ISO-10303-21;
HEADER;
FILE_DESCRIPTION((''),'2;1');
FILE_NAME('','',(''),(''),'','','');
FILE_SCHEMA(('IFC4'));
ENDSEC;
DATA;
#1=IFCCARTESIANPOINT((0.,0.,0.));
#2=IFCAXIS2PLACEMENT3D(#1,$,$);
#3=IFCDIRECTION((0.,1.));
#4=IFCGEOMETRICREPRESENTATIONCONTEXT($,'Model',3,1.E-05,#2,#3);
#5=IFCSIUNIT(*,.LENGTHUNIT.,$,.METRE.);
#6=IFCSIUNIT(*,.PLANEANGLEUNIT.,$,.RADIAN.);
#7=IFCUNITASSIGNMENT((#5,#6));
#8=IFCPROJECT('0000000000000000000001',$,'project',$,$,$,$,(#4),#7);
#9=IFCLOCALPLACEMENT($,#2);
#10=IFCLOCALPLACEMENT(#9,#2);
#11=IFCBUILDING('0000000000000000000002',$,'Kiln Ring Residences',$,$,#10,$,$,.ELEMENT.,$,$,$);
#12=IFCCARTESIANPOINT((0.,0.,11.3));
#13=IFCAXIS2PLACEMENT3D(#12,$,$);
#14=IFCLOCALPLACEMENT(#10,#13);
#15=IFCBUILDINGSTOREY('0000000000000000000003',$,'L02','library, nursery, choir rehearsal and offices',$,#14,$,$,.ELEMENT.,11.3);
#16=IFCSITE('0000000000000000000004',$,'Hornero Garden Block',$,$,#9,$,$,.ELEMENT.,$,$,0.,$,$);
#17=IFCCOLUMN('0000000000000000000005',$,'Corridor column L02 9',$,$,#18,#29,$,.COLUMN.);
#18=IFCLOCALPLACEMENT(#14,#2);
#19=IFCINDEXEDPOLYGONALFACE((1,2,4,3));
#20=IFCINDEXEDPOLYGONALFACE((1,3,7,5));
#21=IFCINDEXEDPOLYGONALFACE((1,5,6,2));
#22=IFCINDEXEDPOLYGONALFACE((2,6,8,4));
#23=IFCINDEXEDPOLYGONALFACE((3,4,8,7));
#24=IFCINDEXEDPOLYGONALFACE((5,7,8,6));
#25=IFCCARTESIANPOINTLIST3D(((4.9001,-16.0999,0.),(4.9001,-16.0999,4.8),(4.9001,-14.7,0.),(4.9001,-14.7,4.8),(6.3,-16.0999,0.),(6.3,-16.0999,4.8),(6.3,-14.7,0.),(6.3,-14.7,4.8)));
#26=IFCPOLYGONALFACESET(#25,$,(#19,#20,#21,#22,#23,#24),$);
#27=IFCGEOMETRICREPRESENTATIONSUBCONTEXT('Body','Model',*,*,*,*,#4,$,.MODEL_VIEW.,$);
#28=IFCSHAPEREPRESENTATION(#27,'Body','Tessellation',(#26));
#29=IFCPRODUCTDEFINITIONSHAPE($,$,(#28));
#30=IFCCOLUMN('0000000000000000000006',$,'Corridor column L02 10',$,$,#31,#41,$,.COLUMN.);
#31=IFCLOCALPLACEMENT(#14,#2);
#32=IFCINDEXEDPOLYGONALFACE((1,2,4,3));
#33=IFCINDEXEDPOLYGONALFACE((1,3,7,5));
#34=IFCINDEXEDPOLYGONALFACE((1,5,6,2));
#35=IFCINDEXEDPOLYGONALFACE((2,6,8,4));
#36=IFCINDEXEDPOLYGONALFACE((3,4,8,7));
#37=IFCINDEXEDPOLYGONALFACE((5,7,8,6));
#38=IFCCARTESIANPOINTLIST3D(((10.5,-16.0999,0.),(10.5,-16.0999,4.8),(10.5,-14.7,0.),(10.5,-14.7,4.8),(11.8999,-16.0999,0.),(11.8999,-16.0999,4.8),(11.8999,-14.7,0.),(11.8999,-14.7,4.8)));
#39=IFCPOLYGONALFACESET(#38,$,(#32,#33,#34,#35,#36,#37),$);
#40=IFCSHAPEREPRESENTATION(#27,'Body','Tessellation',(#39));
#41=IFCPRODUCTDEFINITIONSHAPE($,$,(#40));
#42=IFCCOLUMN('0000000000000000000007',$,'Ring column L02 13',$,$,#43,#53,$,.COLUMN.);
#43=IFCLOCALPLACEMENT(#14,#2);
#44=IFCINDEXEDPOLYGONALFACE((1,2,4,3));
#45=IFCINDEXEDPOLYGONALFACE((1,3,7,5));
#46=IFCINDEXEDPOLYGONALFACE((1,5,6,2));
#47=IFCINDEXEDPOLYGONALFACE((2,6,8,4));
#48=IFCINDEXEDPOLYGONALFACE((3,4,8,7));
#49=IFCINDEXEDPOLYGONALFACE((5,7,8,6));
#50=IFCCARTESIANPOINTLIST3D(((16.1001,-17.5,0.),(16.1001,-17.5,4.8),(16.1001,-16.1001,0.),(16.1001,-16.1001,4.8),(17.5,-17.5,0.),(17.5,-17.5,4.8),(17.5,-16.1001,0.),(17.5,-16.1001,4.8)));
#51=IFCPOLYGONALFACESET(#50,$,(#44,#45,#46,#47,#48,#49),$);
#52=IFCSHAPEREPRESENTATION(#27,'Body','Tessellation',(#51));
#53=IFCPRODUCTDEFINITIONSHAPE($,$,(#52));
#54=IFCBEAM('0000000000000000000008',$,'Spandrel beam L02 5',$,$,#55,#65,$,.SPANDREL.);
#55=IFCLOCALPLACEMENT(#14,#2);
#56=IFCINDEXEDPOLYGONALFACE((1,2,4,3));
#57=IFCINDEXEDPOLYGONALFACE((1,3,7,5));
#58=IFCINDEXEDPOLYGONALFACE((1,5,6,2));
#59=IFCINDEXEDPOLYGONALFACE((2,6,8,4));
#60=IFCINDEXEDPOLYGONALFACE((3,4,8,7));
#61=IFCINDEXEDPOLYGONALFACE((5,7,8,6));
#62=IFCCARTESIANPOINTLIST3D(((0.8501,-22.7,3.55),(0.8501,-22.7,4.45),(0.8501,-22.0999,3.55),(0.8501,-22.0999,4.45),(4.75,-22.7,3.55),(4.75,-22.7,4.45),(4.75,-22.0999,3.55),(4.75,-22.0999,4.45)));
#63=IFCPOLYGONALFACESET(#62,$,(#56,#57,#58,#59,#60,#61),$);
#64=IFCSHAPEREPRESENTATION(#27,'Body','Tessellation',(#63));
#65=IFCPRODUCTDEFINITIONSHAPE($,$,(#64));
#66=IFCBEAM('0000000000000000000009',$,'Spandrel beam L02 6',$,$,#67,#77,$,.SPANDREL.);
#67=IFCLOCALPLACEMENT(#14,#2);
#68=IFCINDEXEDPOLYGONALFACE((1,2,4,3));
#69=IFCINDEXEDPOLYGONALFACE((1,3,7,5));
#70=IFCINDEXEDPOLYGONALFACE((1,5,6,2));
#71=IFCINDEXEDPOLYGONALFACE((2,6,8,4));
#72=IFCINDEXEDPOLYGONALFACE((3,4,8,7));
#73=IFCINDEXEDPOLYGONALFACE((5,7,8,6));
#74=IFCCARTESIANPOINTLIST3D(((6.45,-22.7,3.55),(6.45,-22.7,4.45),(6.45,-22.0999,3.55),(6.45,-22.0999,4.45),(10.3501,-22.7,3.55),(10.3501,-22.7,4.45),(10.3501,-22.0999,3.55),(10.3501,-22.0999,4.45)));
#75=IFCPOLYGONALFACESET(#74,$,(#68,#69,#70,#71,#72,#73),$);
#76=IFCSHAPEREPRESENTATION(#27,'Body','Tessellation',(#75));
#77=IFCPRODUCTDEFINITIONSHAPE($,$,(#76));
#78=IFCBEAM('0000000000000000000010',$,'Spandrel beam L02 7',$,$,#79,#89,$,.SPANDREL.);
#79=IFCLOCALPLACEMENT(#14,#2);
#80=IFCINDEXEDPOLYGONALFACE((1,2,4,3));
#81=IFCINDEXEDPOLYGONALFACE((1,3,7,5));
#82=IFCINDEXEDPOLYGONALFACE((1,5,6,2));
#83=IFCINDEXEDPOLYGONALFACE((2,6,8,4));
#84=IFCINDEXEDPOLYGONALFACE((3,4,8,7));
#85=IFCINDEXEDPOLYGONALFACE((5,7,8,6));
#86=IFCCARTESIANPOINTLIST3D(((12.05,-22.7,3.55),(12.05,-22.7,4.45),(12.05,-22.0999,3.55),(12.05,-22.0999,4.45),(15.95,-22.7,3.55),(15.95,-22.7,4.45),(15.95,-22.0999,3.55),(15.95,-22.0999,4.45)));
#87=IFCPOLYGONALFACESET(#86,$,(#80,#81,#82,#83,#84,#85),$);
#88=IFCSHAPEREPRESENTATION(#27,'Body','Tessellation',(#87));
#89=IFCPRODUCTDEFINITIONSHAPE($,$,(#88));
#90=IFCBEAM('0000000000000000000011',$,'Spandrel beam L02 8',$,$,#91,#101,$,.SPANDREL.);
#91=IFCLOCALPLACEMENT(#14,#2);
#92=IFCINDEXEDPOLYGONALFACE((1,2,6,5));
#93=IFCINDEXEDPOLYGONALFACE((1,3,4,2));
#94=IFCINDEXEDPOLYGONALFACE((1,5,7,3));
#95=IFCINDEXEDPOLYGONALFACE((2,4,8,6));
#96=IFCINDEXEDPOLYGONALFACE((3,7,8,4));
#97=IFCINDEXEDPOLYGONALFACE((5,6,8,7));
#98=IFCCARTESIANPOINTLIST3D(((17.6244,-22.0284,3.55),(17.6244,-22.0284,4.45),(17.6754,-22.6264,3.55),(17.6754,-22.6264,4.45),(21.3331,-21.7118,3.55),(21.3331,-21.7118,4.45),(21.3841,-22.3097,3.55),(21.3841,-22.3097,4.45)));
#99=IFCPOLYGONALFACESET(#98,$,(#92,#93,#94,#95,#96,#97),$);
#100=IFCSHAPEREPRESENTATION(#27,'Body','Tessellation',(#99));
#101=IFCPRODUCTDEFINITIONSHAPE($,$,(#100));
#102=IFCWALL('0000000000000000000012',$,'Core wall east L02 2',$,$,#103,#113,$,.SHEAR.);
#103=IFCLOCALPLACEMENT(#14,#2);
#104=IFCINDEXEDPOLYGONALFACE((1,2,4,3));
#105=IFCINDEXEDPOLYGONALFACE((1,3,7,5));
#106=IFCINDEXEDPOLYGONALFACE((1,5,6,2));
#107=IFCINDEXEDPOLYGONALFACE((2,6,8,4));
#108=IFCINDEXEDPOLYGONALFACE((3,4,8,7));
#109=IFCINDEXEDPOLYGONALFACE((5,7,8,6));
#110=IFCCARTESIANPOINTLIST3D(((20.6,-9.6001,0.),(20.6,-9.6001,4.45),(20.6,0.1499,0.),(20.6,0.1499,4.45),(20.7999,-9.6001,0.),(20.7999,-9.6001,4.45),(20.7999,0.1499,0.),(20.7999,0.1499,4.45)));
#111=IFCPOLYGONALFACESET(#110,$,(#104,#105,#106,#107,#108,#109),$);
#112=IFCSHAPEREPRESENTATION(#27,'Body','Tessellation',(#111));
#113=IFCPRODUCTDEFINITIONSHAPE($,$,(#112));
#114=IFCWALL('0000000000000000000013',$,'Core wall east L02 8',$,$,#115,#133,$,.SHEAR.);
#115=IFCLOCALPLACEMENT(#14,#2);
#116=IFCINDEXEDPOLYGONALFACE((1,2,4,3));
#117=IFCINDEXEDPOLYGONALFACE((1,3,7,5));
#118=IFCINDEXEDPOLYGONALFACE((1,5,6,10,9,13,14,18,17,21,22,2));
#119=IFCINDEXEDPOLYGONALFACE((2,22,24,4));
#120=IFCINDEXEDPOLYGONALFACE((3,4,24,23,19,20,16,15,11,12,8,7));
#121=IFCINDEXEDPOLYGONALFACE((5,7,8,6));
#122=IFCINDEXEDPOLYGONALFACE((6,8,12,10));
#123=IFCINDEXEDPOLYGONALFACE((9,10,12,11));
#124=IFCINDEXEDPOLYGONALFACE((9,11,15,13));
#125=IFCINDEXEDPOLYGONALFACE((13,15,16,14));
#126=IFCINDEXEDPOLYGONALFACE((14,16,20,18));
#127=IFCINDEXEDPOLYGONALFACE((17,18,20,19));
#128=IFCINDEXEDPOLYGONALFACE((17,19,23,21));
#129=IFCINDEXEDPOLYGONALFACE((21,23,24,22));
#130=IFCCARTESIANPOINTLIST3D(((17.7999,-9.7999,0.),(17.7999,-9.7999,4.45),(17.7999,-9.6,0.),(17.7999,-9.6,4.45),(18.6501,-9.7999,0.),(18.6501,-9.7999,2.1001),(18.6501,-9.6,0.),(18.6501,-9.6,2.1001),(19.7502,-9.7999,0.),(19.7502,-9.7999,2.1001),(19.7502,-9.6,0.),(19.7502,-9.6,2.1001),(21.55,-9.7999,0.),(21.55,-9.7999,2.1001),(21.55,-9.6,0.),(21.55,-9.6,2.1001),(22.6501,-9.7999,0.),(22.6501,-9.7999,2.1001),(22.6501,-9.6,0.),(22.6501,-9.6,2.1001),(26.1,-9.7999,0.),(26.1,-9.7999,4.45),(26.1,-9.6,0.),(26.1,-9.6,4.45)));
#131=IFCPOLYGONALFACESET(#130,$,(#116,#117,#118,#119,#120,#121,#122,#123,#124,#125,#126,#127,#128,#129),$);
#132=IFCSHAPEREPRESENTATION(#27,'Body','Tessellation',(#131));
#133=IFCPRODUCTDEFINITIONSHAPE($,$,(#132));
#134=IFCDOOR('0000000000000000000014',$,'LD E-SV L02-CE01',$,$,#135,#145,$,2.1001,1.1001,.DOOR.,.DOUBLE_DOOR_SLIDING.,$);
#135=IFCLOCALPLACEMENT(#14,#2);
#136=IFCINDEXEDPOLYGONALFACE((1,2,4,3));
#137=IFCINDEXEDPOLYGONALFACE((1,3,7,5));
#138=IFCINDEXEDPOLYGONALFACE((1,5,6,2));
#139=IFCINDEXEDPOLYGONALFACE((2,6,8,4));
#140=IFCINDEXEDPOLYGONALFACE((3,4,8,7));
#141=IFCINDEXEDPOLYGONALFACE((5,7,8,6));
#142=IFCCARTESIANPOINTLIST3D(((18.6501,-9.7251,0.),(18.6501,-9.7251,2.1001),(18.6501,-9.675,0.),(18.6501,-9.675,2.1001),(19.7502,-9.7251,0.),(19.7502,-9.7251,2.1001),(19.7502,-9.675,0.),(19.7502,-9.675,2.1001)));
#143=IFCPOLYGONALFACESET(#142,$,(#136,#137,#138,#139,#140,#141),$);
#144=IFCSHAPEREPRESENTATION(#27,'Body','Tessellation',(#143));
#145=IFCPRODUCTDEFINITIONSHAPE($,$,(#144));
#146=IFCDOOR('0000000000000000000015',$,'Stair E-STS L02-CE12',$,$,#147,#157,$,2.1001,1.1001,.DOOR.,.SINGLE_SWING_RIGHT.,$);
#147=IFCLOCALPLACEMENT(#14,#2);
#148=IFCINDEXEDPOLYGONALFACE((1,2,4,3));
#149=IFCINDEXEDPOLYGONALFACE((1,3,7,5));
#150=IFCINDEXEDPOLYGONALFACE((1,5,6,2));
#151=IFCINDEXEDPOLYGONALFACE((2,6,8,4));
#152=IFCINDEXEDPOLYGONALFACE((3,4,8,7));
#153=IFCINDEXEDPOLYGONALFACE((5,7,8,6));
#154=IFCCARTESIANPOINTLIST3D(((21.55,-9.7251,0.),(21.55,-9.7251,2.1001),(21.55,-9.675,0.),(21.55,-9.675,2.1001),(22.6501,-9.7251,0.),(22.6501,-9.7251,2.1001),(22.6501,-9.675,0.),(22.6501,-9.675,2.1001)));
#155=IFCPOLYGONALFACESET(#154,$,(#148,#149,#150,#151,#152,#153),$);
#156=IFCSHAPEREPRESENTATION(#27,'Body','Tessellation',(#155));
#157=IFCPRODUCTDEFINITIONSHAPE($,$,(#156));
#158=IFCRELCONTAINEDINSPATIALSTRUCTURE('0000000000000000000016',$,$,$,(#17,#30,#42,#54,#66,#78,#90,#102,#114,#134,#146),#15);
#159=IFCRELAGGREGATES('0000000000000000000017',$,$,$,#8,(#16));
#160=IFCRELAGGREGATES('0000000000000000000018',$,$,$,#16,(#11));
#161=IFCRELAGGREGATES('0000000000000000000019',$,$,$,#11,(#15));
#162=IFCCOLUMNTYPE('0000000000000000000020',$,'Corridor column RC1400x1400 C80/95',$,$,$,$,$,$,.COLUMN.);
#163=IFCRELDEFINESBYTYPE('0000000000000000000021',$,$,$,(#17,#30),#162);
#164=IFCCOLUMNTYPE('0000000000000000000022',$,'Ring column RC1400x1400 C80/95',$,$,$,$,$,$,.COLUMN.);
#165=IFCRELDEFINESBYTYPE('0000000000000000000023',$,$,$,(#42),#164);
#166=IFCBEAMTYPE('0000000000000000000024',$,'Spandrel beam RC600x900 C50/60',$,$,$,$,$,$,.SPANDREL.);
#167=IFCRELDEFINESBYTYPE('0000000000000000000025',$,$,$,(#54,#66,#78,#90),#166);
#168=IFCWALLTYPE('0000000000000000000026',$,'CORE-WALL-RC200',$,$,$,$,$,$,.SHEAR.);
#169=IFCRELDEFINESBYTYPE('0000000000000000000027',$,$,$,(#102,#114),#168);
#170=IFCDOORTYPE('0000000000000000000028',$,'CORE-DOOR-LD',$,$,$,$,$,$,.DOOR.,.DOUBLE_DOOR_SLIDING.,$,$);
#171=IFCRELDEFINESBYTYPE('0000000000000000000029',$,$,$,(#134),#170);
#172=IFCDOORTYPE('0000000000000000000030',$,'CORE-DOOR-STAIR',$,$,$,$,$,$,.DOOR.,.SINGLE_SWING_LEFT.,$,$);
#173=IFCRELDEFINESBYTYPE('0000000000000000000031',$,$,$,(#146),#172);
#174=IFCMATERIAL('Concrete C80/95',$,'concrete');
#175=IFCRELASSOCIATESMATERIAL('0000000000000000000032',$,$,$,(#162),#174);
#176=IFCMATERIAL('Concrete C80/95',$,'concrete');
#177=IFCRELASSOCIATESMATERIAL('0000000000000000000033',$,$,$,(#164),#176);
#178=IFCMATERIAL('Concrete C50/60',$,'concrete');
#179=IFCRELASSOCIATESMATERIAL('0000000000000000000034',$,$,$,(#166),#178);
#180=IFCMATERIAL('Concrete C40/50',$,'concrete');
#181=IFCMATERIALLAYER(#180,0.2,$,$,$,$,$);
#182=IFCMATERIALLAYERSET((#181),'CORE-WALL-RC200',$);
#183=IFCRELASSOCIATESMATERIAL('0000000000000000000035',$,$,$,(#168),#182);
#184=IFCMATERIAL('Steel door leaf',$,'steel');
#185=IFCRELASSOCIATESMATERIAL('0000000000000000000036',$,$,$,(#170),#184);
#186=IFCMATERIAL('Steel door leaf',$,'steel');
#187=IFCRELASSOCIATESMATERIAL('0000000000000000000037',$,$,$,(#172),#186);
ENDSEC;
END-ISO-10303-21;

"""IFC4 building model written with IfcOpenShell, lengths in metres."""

from ifc_helpers import new_model, si_unit, direction, frame, frame_2d, origin, origin_2d, place, context, subcontext, project, spatial, rectangle, extrude, material, layer, layer_set, material_profile, profile_set, type_object, element, fill, save


model = new_model("IFC4")

# Units and contexts
model_context = context("Model", 3, precision=1e-05, world=origin(), true_north=direction((0.0, 1.0)))
body_context = subcontext(model_context, "Body", "Model", "MODEL_VIEW")
ifc_project = project(units=[si_unit("LENGTHUNIT", "METRE"), si_unit("PLANEANGLEUNIT", "RADIAN")], contexts=[model_context])

# Site, building, storey
site_placement = place(None, origin())
site = spatial("IfcSite", under=ifc_project, at=site_placement, Name="Hornero Garden Block", CompositionType="ELEMENT", RefElevation=0.0)
building_placement = place(site_placement, origin())
building = spatial("IfcBuilding", under=site, at=building_placement, Name="Kiln Ring Residences", CompositionType="ELEMENT")
storey_placement = place(building_placement, frame((0.0, 0.0, 11.3)))
storey = spatial("IfcBuildingStorey", under=building, at=storey_placement, Name="L02", Description="library, nursery, choir rehearsal and offices", CompositionType="ELEMENT", Elevation=11.3)

# Columns
ifc_material_1 = material(Name="Concrete C80/95", Category="concrete")
ifc_material_profile_1 = material_profile(ifc_material_1, rectangle(XDim=1.3999, YDim=1.3999, at=origin_2d()), Name="RC1400x1400")
ifc_profile_set_1 = profile_set([ifc_material_profile_1], Name="Concrete C80/95")
column_type_1 = type_object("IfcColumnType", Name="Corridor column RC1400x1400 C80/95", PredefinedType="COLUMN", material=ifc_profile_set_1)
for number, where, z_axis, x_axis, name in (
    (1, (5.6001, -15.3999, 0.0), (0.0, 0.0, 1.0), (1.0, 0.0, 0.0), "Corridor column L02 9"),
    (2, (11.2, -15.3999, 0.0), (0.0, 0.0, 1.0), (1.0, 0.0, 0.0), "Corridor column L02 10"),
):
    element("IfcColumn", number, at=place(storey_placement, frame(where, z_axis=z_axis, x_axis=x_axis)), inside=storey, type_object=column_type_1, Name=name, PredefinedType="COLUMN", context=body_context, shape_type="SweptSolid", body=[
        extrude(rectangle(XDim=1.3999, YDim=1.3999, at=origin_2d()), origin(), (0.0, 0.0, 1.0), 4.8),
    ])
ifc_material_2 = material(Name="Concrete C80/95", Category="concrete")
ifc_material_profile_2 = material_profile(ifc_material_2, rectangle(XDim=1.3999, YDim=1.3999, at=origin_2d()), Name="RC1400x1400")
ifc_profile_set_2 = profile_set([ifc_material_profile_2], Name="Concrete C80/95")
column_type_2 = type_object("IfcColumnType", Name="Ring column RC1400x1400 C80/95", PredefinedType="COLUMN", material=ifc_profile_set_2)
column_placement = place(storey_placement, frame((16.8, -16.8, 0.0), z_axis=(0.0, 0.0, 1.0), x_axis=(1.0, 0.0, 0.0)))
element("IfcColumn", 3, at=column_placement, inside=storey, type_object=column_type_2, Name="Ring column L02 13", PredefinedType="COLUMN", context=body_context, shape_type="SweptSolid", body=[
    extrude(rectangle(XDim=1.3999, YDim=1.3999, at=origin_2d()), origin(), (0.0, 0.0, 1.0), 4.8),
])

# Beams
ifc_material_3 = material(Name="Concrete C50/60", Category="concrete")
ifc_material_profile_3 = material_profile(ifc_material_3, rectangle(XDim=0.6001, YDim=0.8999, at=origin_2d()), Name="RC600x900")
ifc_profile_set_3 = profile_set([ifc_material_profile_3], Name="Concrete C50/60")
beam_type = type_object("IfcBeamType", Name="Spandrel beam RC600x900 C50/60", PredefinedType="SPANDREL", material=ifc_profile_set_3)
beam_1_placement = place(storey_placement, frame((0.8501, -22.3999, 4.0), z_axis=(1.0, 0.0, 0.0), x_axis=(0.0, 1.0, 0.0)))
element("IfcBeam", 4, at=beam_1_placement, inside=storey, type_object=beam_type, Name="Spandrel beam L02 5", PredefinedType="SPANDREL", context=body_context, shape_type="SweptSolid", body=[
    extrude(rectangle(XDim=0.6001, YDim=0.8999, at=origin_2d()), origin(), (0.0, 0.0, 1.0), 3.8999),
])
beam_2_placement = place(storey_placement, frame((6.45, -22.3999, 4.0), z_axis=(1.0, 0.0, 0.0), x_axis=(0.0, 1.0, 0.0)))
element("IfcBeam", 5, at=beam_2_placement, inside=storey, type_object=beam_type, Name="Spandrel beam L02 6", PredefinedType="SPANDREL", context=body_context, shape_type="SweptSolid", body=[
    extrude(rectangle(XDim=0.6001, YDim=0.8999, at=origin_2d()), origin(), (0.0, 0.0, 1.0), 3.9001),
])
beam_3_placement = place(storey_placement, frame((12.05, -22.3999, 4.0), z_axis=(1.0, 0.0, 0.0), x_axis=(0.0, 1.0, 0.0)))
element("IfcBeam", 6, at=beam_3_placement, inside=storey, type_object=beam_type, Name="Spandrel beam L02 7", PredefinedType="SPANDREL", context=body_context, shape_type="SweptSolid", body=[
    extrude(rectangle(XDim=0.6001, YDim=0.8999, at=origin_2d()), origin(), (0.0, 0.0, 1.0), 3.8999),
])
beam_4_placement = place(storey_placement, frame((17.6499, -22.3274, 4.0), z_axis=(0.996375, 0.08507, 0.0), x_axis=(-0.08507, 0.996375, 0.0)))
element("IfcBeam", 7, at=beam_4_placement, inside=storey, type_object=beam_type, Name="Spandrel beam L02 8", PredefinedType="SPANDREL", context=body_context, shape_type="SweptSolid", body=[
    extrude(rectangle(XDim=0.6001, YDim=0.8999, at=origin_2d()), origin(), (0.0, 0.0, 1.0), 3.7222),
])

# Wall
ifc_material_4 = material(Name="Concrete C40/50", Category="concrete")
ifc_layer_1 = layer(ifc_material_4, 0.2)
ifc_layer_set_1 = layer_set([ifc_layer_1], Name="CORE-WALL-RC200")
wall_type_1 = type_object("IfcWallType", Name="CORE-WALL-RC200", PredefinedType="SHEAR", material=ifc_layer_set_1)
wall_1_placement = place(storey_placement, frame((20.7, -9.6001, 0.0), z_axis=(0.0, 0.0, 1.0), x_axis=(0.0, 1.0, 0.0)))
element("IfcWall", 8, at=wall_1_placement, inside=storey, type_object=wall_type_1, Name="Core wall east L02 2", PredefinedType="SHEAR", context=body_context, shape_type="SweptSolid", body=[
    extrude(rectangle(XDim=9.75, YDim=0.2, at=frame_2d((4.875, 0.0))), origin(), (0.0, 0.0, 1.0), 4.45),
])

# Wall, openings, doors
wall_2_placement = place(storey_placement, frame((17.8, -9.7, 0.0), z_axis=(0.0, 0.0, 1.0), x_axis=(1.0, 0.0, 0.0)))
wall_2 = element("IfcWall", 9, at=wall_2_placement, inside=storey, type_object=wall_type_1, Name="Core wall east L02 8", PredefinedType="SHEAR", context=body_context, shape_type="SweptSolid", body=[
    extrude(rectangle(XDim=8.3, YDim=0.2, at=frame_2d((4.1499, 0.0))), origin(), (0.0, 0.0, 1.0), 4.45),
])
opening_1_placement = place(wall_2_placement, frame((0.8501, 0.0, 0.0)))
opening_1 = element("IfcOpeningElement", 10, at=opening_1_placement, cuts=wall_2, PredefinedType="OPENING", context=body_context, shape_type="SweptSolid", body=[
    extrude(rectangle(XDim=1.1001, YDim=2.1001, at=frame_2d((0.55, 1.05))), frame((0.0, 0.1099, 0.0), z_axis=(0.0, -1.0, 0.0), x_axis=(1.0, 0.0, 0.0)), (0.0, 0.0, 1.0), 0.22),
])
opening_2_placement = place(wall_2_placement, frame((3.75, 0.0, 0.0)))
opening_2 = element("IfcOpeningElement", 11, at=opening_2_placement, cuts=wall_2, PredefinedType="OPENING", context=body_context, shape_type="SweptSolid", body=[
    extrude(rectangle(XDim=1.1001, YDim=2.1001, at=frame_2d((0.55, 1.05))), frame((0.0, 0.1099, 0.0), z_axis=(0.0, -1.0, 0.0), x_axis=(1.0, 0.0, 0.0)), (0.0, 0.0, 1.0), 0.22),
])
ifc_material_5 = material(Name="Steel door leaf", Category="steel")
door_type_1 = type_object("IfcDoorType", Name="CORE-DOOR-LD", OperationType="DOUBLE_DOOR_SLIDING", PredefinedType="DOOR", material=ifc_material_5)
door_1_placement = place(opening_1_placement, origin())
door_1 = element("IfcDoor", 12, at=door_1_placement, inside=storey, type_object=door_type_1, Name="LD E-SV L02-CE01", OperationType="DOUBLE_DOOR_SLIDING", OverallHeight=2.1001, OverallWidth=1.1001, PredefinedType="DOOR", context=body_context, shape_type="SweptSolid", body=[
    extrude(rectangle(XDim=1.1001, YDim=2.1001, at=frame_2d((0.55, 1.05))), frame((0.0, 0.0249, 0.0), z_axis=(0.0, -1.0, 0.0), x_axis=(1.0, 0.0, 0.0)), (0.0, 0.0, 1.0), 0.05),
])
fill(opening_1, door_1)
ifc_material_6 = material(Name="Steel door leaf", Category="steel")
door_type_2 = type_object("IfcDoorType", Name="CORE-DOOR-STAIR", OperationType="SINGLE_SWING_LEFT", PredefinedType="DOOR", material=ifc_material_6)
door_2_placement = place(opening_2_placement, origin())
door_2 = element("IfcDoor", 13, at=door_2_placement, inside=storey, type_object=door_type_2, Name="Stair E-STS L02-CE12", OperationType="SINGLE_SWING_RIGHT", OverallHeight=2.1001, OverallWidth=1.1001, PredefinedType="DOOR", context=body_context, shape_type="SweptSolid", body=[
    extrude(rectangle(XDim=1.1001, YDim=2.1001, at=frame_2d((0.55, 1.05))), frame((0.0, 0.0249, 0.0), z_axis=(0.0, -1.0, 0.0), x_axis=(1.0, 0.0, 0.0)), (0.0, 0.0, 1.0), 0.05),
])
fill(opening_2, door_2)

save(model, "model.ifc")
